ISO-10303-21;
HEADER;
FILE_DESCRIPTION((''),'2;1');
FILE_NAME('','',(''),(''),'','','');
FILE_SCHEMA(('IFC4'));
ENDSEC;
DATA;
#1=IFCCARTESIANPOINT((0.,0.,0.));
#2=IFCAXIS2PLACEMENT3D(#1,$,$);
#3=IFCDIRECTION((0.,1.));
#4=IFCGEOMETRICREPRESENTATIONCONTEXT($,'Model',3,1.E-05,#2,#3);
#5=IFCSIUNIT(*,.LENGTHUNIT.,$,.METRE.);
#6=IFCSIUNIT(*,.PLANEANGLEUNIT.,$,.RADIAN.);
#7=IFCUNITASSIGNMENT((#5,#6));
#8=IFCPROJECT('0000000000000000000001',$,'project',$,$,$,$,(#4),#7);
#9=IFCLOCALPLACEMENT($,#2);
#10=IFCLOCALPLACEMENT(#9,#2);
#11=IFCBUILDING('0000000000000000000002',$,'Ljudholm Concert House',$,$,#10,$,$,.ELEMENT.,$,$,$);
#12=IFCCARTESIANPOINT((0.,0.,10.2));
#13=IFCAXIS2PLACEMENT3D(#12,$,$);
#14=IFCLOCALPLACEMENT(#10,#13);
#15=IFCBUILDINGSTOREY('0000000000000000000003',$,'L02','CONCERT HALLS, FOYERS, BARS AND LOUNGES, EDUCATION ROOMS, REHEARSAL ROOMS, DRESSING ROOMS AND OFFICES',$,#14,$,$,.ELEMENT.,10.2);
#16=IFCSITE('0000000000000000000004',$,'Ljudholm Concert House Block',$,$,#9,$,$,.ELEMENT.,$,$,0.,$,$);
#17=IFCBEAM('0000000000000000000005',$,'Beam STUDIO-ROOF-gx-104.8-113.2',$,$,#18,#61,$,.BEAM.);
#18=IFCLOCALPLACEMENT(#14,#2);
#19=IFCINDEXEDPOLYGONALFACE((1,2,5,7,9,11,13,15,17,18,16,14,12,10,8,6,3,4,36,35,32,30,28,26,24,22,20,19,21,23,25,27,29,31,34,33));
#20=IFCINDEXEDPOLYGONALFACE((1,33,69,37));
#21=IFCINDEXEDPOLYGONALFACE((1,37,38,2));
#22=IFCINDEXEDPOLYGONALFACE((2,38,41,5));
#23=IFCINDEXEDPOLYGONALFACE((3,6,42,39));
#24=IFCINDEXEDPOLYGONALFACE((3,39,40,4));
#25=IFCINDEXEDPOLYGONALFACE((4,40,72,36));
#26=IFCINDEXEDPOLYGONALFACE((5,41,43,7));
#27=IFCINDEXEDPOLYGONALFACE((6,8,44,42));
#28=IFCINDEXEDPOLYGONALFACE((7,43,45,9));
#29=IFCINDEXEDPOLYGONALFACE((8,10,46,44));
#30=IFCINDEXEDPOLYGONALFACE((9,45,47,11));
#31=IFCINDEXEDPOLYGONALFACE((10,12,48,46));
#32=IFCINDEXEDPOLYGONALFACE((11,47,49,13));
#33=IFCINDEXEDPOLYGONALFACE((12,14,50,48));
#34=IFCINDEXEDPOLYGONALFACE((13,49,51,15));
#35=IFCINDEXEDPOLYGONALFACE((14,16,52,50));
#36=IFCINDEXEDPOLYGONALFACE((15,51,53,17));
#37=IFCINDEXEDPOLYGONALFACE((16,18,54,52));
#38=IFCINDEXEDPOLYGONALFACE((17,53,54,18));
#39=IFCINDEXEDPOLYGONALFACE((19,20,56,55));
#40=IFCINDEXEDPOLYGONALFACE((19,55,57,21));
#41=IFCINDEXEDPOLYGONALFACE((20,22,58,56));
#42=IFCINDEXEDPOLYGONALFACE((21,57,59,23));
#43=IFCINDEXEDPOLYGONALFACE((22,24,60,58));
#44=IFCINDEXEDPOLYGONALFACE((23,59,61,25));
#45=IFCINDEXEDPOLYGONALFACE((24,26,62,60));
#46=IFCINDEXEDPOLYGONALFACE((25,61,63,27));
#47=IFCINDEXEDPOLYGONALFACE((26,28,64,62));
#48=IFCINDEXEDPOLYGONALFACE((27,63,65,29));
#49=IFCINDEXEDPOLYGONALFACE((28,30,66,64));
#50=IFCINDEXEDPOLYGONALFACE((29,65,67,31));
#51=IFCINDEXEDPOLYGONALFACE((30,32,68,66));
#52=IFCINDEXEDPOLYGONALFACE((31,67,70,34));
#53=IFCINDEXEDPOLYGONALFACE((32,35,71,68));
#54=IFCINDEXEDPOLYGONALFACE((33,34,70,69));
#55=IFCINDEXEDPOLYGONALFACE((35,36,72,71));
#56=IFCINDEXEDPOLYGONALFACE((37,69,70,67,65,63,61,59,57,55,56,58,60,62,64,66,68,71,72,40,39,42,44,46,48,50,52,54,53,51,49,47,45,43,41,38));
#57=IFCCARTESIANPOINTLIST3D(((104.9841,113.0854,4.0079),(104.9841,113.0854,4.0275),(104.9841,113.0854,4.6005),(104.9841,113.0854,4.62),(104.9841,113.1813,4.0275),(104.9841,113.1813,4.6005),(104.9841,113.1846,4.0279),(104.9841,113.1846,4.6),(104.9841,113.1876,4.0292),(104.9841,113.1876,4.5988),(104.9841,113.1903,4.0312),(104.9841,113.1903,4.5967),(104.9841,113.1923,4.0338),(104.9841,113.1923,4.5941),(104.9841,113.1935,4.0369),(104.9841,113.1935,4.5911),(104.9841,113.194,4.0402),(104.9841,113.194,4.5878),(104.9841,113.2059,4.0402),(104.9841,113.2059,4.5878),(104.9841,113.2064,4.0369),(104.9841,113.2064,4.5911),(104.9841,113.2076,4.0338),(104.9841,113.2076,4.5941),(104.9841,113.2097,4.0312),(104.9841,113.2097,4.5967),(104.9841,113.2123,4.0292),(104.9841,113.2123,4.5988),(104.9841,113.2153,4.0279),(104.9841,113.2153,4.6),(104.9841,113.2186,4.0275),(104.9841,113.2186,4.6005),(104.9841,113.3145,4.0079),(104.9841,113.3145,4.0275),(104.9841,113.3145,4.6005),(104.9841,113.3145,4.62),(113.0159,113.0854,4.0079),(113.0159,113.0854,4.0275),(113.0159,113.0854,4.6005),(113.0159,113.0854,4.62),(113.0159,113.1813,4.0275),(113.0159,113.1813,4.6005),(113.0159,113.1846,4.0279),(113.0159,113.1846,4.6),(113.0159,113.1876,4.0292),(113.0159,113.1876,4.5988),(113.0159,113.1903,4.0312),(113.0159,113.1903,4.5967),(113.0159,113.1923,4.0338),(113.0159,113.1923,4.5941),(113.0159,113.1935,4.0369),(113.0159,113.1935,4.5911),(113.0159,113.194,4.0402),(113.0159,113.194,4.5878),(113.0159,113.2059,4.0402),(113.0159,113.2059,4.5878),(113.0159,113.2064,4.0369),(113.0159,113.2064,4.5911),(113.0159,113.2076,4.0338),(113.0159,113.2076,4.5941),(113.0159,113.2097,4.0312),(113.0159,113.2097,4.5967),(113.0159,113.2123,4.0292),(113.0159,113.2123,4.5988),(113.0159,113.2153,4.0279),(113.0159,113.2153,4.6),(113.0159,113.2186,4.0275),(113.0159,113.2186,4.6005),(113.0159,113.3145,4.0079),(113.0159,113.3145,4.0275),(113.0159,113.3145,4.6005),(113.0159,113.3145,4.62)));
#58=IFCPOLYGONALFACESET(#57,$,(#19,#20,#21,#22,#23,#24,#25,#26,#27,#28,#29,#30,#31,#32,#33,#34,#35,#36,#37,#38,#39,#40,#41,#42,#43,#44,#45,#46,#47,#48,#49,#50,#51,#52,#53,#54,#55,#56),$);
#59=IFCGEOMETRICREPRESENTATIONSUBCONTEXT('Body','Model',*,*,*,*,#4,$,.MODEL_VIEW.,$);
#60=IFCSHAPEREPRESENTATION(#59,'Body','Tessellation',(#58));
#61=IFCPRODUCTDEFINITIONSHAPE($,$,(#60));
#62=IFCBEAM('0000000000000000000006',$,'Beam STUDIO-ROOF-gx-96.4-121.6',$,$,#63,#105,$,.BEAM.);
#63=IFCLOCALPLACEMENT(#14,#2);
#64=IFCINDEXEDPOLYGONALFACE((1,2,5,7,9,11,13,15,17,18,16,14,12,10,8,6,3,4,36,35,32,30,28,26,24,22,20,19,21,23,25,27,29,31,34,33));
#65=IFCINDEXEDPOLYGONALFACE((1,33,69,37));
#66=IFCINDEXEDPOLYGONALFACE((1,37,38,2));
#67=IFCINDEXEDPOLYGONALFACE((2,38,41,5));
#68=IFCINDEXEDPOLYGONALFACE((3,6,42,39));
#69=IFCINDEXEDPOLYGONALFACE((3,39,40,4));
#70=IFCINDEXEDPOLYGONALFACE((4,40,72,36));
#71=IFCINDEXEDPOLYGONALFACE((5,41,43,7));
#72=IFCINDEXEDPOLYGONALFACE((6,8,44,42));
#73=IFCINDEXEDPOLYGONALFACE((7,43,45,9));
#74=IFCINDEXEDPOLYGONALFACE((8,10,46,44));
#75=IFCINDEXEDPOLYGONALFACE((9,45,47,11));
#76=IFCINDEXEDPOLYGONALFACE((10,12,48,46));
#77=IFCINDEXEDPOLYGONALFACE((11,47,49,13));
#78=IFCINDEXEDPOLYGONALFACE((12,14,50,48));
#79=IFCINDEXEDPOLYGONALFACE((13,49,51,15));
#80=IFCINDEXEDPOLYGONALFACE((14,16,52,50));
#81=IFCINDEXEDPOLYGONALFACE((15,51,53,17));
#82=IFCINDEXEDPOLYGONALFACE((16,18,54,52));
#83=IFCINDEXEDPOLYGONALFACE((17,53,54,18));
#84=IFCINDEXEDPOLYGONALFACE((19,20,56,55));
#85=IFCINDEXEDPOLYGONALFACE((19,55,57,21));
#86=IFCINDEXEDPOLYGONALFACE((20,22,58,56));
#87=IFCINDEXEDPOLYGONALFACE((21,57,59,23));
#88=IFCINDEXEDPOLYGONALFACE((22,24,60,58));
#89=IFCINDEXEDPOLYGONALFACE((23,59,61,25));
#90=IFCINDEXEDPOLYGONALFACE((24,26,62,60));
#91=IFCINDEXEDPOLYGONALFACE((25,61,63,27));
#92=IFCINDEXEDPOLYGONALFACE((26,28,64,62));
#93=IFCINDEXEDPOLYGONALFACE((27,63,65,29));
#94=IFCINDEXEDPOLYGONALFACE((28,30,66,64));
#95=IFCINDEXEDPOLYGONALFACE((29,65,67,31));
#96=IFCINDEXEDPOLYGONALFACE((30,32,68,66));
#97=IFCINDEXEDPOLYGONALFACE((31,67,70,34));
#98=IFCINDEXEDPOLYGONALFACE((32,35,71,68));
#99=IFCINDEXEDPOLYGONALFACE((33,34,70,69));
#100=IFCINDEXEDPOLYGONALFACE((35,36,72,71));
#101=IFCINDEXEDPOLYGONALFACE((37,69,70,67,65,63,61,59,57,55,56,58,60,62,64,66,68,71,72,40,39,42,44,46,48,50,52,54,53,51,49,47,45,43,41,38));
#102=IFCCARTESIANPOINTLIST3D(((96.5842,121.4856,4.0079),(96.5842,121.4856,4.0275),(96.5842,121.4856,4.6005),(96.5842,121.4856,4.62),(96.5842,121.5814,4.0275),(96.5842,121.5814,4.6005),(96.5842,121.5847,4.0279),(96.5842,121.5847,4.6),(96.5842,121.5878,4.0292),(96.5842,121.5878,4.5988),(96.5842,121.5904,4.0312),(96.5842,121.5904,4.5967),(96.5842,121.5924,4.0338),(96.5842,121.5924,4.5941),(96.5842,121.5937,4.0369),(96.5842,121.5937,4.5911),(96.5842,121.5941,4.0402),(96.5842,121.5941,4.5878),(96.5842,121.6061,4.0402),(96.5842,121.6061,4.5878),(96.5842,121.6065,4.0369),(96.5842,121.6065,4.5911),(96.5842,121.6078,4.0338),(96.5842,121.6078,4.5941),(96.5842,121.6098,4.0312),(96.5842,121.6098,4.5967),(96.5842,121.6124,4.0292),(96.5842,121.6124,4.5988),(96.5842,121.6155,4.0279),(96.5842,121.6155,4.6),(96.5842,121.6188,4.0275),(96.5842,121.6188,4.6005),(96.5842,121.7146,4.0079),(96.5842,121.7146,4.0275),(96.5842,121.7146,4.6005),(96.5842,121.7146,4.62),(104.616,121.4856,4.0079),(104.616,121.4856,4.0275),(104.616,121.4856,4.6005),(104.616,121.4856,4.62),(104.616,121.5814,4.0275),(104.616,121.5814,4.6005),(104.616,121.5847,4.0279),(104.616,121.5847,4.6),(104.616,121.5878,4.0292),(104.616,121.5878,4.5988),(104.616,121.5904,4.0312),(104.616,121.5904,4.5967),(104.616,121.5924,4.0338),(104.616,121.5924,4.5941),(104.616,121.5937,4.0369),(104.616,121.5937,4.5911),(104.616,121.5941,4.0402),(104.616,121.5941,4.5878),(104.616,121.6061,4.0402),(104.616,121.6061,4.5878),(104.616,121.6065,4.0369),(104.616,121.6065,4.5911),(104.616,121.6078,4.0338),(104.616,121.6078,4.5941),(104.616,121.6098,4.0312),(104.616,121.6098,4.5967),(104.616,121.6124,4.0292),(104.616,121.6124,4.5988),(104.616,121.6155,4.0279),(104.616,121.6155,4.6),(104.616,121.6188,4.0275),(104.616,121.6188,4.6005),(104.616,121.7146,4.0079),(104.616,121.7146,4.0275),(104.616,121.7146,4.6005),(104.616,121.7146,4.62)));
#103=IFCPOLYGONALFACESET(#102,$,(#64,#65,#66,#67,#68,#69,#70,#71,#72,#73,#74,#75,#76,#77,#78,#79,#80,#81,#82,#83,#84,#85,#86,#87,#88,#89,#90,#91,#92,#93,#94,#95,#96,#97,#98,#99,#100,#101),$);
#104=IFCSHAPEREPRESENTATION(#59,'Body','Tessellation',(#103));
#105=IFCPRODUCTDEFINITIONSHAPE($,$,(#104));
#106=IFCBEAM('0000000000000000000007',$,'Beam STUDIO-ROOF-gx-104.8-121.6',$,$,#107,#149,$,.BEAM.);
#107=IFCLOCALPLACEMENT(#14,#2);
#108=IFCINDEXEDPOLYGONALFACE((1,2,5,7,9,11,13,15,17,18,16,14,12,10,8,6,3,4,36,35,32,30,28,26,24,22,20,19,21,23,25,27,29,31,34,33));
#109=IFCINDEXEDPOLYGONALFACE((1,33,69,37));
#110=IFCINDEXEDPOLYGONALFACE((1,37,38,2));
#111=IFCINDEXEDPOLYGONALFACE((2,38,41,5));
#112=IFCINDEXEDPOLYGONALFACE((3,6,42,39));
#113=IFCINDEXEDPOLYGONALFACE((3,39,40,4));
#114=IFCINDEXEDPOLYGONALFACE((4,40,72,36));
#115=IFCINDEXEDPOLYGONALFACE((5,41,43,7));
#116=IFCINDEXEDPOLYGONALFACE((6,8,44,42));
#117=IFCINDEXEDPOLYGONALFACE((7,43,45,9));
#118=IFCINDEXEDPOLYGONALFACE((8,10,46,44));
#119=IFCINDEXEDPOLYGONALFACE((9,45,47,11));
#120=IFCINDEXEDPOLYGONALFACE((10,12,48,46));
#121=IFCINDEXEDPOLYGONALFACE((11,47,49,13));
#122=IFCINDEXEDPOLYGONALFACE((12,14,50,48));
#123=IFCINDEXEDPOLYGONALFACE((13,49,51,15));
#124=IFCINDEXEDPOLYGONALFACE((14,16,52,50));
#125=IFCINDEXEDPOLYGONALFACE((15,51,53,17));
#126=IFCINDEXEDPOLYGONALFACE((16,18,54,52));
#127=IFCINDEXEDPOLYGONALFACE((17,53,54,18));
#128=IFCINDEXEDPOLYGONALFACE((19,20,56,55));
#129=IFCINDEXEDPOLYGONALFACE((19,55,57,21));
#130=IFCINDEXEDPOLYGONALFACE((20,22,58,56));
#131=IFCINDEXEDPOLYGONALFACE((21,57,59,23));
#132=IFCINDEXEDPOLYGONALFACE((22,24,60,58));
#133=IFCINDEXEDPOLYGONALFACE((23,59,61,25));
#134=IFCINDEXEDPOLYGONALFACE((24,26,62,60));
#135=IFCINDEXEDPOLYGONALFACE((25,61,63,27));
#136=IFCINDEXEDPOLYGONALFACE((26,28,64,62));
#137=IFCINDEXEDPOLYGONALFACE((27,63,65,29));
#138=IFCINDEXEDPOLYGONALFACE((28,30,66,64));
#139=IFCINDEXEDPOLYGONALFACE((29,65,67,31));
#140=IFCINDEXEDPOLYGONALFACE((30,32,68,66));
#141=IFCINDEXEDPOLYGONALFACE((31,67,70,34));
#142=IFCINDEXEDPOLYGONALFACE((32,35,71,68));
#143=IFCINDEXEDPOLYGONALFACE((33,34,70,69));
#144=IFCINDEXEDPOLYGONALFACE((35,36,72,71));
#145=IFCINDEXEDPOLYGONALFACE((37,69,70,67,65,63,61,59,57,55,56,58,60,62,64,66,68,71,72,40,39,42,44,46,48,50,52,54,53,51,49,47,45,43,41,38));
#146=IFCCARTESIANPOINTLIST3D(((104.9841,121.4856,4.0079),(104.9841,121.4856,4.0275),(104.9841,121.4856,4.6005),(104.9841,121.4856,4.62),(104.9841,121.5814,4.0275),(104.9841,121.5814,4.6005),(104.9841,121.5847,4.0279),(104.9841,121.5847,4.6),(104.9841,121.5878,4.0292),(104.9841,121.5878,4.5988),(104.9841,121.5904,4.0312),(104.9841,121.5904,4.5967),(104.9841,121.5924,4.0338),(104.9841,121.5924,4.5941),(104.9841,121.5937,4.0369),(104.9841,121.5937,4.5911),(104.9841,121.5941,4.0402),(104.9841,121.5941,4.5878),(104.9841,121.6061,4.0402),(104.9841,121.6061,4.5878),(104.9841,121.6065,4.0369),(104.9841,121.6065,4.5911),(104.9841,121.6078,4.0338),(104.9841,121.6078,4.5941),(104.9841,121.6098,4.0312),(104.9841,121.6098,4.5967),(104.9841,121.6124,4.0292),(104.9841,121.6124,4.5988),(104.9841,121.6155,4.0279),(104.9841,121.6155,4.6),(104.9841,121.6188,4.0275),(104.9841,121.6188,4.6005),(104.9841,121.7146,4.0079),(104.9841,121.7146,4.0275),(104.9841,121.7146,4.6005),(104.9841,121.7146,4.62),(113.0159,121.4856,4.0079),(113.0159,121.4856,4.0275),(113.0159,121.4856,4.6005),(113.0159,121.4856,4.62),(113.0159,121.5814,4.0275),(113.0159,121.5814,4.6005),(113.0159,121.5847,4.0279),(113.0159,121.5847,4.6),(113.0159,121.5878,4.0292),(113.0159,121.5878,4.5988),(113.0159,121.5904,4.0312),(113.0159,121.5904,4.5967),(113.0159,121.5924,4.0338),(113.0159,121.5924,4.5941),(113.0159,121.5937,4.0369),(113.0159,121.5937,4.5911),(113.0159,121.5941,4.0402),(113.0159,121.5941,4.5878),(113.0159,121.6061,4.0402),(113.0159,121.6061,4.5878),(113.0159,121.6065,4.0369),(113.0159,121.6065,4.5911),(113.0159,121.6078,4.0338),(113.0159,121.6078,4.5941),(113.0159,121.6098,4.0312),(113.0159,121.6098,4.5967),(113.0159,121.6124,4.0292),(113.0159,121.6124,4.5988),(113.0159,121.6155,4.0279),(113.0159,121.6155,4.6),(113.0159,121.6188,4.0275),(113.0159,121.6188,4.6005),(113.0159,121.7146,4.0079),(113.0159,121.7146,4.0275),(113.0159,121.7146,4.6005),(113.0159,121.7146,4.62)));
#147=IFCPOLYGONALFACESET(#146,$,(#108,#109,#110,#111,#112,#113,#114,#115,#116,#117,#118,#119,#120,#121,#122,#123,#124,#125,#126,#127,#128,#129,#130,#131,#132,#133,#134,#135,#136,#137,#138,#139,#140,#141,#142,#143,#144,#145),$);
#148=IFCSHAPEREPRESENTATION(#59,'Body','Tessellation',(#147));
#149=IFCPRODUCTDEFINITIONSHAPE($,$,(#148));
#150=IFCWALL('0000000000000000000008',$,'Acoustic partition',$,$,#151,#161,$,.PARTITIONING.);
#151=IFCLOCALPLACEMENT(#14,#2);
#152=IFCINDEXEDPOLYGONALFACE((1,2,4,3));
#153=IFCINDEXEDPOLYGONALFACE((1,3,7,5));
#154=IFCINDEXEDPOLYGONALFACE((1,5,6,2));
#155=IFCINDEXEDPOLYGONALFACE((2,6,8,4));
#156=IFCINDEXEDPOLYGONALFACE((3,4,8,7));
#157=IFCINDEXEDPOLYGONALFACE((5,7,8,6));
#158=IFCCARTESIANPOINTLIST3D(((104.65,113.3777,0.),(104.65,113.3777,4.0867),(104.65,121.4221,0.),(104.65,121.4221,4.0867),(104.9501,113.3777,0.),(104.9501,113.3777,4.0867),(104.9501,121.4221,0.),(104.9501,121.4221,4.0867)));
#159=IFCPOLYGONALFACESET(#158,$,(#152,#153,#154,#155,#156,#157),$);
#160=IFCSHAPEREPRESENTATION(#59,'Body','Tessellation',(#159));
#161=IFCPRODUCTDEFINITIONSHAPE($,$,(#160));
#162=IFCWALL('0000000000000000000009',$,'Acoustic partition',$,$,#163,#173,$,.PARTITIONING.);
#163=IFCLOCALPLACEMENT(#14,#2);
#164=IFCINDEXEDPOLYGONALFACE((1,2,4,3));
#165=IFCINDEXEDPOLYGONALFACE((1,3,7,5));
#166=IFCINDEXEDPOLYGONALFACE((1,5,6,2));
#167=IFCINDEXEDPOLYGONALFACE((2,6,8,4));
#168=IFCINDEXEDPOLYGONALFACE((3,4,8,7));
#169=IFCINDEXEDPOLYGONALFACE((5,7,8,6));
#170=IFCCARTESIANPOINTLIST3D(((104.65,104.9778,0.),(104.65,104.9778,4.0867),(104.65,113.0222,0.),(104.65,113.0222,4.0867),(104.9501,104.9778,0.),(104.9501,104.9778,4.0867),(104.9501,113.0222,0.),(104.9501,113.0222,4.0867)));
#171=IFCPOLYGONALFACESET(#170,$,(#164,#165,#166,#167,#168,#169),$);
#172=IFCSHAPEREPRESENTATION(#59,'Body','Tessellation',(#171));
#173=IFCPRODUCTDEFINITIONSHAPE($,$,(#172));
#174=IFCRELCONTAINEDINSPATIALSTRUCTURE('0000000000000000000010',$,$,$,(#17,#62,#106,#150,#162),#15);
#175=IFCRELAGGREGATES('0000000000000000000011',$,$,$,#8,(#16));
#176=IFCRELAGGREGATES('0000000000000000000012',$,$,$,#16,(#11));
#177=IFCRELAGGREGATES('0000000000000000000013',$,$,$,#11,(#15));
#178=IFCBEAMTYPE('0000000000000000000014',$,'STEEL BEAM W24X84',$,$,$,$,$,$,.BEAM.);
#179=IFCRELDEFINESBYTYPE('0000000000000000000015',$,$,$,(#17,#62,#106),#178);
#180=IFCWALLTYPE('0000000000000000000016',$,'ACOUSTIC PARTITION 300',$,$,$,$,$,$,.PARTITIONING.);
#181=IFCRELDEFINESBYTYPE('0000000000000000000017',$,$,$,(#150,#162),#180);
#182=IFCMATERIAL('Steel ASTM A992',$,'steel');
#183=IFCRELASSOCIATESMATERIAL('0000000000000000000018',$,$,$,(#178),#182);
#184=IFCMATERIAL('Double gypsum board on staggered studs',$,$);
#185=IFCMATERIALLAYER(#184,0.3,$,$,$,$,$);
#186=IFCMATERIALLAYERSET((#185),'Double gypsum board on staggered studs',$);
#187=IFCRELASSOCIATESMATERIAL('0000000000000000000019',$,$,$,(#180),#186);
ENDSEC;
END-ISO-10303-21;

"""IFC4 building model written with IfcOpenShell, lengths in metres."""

from ifc_helpers import new_model, si_unit, direction, frame, frame_2d, origin, origin_2d, place, context, subcontext, project, spatial, rectangle, i_section, extrude, material, layer, layer_set, material_profile, profile_set, type_object, element, save


model = new_model("IFC4")

# Units and contexts
model_context = context("Model", 3, precision=1e-05, world=origin(), true_north=direction((0.0, 1.0)))
body_context = subcontext(model_context, "Body", "Model", "MODEL_VIEW")
ifc_project = project(units=[si_unit("LENGTHUNIT", "METRE"), si_unit("PLANEANGLEUNIT", "RADIAN")], contexts=[model_context])

# Site, building, storey
site_placement = place(None, origin())
site = spatial("IfcSite", under=ifc_project, at=site_placement, Name="Ljudholm Concert House Block", CompositionType="ELEMENT", RefElevation=0.0)
building_placement = place(site_placement, origin())
building = spatial("IfcBuilding", under=site, at=building_placement, Name="Ljudholm Concert House", CompositionType="ELEMENT")
storey_placement = place(building_placement, frame((0.0, 0.0, 10.2)))
storey = spatial("IfcBuildingStorey", under=building, at=storey_placement, Name="L02", Description="CONCERT HALLS, FOYERS, BARS AND LOUNGES, EDUCATION ROOMS, REHEARSAL ROOMS, DRESSING ROOMS AND OFFICES", CompositionType="ELEMENT", Elevation=10.2)

# Beams
ifc_material_1 = material(Name="Steel ASTM A992", Category="steel")
ifc_material_profile_1 = material_profile(ifc_material_1, i_section(OverallWidth=0.229, OverallDepth=0.6121, WebThickness=0.012, FlangeThickness=0.0195, FilletRadius=0.0127, at=origin_2d()), Name="W24X84")
ifc_profile_set_1 = profile_set([ifc_material_profile_1], Name="Steel ASTM A992")
beam_type_1 = type_object("IfcBeamType", Name="STEEL BEAM W24X84", PredefinedType="BEAM", material=ifc_profile_set_1)
for number, where, z_axis, x_axis, name in (
    (1, (104.9841, 113.2, 4.314), (1.0, 0.0, 0.0), (0.0, 1.0, 0.0), "Beam STUDIO-ROOF-gx-104.8-113.2"),
    (2, (96.5842, 121.6001, 4.314), (1.0, 0.0, 0.0), (0.0, 1.0, 0.0), "Beam STUDIO-ROOF-gx-96.4-121.6"),
    (3, (104.9841, 121.6001, 4.314), (1.0, 0.0, 0.0), (0.0, 1.0, 0.0), "Beam STUDIO-ROOF-gx-104.8-121.6"),
):
    element("IfcBeam", number, at=place(storey_placement, frame(where, z_axis=z_axis, x_axis=x_axis)), inside=storey, type_object=beam_type_1, Name=name, PredefinedType="BEAM", context=body_context, shape_type="SweptSolid", body=[
        extrude(i_section(OverallWidth=0.229, OverallDepth=0.6121, WebThickness=0.012, FlangeThickness=0.0195, FilletRadius=0.0127, at=origin_2d()), origin(), (0.0, 0.0, 1.0), 8.0317),
    ])

# Walls
ifc_material_2 = material(Name="Double gypsum board on staggered studs")
ifc_layer_1 = layer(ifc_material_2, 0.3)
ifc_layer_set_1 = layer_set([ifc_layer_1], Name="Double gypsum board on staggered studs")
wall_type_1 = type_object("IfcWallType", Name="ACOUSTIC PARTITION 300", PredefinedType="PARTITIONING", material=ifc_layer_set_1)
for number, where, z_axis, x_axis, name in (
    (4, (104.8, 113.3777, 0.0), (0.0, 0.0, 1.0), (0.0, 1.0, 0.0), "Acoustic partition"),
    (5, (104.8, 104.9778, 0.0), (0.0, 0.0, 1.0), (0.0, 1.0, 0.0), "Acoustic partition"),
):
    element("IfcWall", number, at=place(storey_placement, frame(where, z_axis=z_axis, x_axis=x_axis)), inside=storey, type_object=wall_type_1, Name=name, PredefinedType="PARTITIONING", context=body_context, shape_type="SweptSolid", body=[
        extrude(rectangle(XDim=8.0444, YDim=0.3, at=frame_2d((4.0222, 0.0))), origin(), (0.0, 0.0, 1.0), 4.0867),
    ])

save(model, "model.ifc")
